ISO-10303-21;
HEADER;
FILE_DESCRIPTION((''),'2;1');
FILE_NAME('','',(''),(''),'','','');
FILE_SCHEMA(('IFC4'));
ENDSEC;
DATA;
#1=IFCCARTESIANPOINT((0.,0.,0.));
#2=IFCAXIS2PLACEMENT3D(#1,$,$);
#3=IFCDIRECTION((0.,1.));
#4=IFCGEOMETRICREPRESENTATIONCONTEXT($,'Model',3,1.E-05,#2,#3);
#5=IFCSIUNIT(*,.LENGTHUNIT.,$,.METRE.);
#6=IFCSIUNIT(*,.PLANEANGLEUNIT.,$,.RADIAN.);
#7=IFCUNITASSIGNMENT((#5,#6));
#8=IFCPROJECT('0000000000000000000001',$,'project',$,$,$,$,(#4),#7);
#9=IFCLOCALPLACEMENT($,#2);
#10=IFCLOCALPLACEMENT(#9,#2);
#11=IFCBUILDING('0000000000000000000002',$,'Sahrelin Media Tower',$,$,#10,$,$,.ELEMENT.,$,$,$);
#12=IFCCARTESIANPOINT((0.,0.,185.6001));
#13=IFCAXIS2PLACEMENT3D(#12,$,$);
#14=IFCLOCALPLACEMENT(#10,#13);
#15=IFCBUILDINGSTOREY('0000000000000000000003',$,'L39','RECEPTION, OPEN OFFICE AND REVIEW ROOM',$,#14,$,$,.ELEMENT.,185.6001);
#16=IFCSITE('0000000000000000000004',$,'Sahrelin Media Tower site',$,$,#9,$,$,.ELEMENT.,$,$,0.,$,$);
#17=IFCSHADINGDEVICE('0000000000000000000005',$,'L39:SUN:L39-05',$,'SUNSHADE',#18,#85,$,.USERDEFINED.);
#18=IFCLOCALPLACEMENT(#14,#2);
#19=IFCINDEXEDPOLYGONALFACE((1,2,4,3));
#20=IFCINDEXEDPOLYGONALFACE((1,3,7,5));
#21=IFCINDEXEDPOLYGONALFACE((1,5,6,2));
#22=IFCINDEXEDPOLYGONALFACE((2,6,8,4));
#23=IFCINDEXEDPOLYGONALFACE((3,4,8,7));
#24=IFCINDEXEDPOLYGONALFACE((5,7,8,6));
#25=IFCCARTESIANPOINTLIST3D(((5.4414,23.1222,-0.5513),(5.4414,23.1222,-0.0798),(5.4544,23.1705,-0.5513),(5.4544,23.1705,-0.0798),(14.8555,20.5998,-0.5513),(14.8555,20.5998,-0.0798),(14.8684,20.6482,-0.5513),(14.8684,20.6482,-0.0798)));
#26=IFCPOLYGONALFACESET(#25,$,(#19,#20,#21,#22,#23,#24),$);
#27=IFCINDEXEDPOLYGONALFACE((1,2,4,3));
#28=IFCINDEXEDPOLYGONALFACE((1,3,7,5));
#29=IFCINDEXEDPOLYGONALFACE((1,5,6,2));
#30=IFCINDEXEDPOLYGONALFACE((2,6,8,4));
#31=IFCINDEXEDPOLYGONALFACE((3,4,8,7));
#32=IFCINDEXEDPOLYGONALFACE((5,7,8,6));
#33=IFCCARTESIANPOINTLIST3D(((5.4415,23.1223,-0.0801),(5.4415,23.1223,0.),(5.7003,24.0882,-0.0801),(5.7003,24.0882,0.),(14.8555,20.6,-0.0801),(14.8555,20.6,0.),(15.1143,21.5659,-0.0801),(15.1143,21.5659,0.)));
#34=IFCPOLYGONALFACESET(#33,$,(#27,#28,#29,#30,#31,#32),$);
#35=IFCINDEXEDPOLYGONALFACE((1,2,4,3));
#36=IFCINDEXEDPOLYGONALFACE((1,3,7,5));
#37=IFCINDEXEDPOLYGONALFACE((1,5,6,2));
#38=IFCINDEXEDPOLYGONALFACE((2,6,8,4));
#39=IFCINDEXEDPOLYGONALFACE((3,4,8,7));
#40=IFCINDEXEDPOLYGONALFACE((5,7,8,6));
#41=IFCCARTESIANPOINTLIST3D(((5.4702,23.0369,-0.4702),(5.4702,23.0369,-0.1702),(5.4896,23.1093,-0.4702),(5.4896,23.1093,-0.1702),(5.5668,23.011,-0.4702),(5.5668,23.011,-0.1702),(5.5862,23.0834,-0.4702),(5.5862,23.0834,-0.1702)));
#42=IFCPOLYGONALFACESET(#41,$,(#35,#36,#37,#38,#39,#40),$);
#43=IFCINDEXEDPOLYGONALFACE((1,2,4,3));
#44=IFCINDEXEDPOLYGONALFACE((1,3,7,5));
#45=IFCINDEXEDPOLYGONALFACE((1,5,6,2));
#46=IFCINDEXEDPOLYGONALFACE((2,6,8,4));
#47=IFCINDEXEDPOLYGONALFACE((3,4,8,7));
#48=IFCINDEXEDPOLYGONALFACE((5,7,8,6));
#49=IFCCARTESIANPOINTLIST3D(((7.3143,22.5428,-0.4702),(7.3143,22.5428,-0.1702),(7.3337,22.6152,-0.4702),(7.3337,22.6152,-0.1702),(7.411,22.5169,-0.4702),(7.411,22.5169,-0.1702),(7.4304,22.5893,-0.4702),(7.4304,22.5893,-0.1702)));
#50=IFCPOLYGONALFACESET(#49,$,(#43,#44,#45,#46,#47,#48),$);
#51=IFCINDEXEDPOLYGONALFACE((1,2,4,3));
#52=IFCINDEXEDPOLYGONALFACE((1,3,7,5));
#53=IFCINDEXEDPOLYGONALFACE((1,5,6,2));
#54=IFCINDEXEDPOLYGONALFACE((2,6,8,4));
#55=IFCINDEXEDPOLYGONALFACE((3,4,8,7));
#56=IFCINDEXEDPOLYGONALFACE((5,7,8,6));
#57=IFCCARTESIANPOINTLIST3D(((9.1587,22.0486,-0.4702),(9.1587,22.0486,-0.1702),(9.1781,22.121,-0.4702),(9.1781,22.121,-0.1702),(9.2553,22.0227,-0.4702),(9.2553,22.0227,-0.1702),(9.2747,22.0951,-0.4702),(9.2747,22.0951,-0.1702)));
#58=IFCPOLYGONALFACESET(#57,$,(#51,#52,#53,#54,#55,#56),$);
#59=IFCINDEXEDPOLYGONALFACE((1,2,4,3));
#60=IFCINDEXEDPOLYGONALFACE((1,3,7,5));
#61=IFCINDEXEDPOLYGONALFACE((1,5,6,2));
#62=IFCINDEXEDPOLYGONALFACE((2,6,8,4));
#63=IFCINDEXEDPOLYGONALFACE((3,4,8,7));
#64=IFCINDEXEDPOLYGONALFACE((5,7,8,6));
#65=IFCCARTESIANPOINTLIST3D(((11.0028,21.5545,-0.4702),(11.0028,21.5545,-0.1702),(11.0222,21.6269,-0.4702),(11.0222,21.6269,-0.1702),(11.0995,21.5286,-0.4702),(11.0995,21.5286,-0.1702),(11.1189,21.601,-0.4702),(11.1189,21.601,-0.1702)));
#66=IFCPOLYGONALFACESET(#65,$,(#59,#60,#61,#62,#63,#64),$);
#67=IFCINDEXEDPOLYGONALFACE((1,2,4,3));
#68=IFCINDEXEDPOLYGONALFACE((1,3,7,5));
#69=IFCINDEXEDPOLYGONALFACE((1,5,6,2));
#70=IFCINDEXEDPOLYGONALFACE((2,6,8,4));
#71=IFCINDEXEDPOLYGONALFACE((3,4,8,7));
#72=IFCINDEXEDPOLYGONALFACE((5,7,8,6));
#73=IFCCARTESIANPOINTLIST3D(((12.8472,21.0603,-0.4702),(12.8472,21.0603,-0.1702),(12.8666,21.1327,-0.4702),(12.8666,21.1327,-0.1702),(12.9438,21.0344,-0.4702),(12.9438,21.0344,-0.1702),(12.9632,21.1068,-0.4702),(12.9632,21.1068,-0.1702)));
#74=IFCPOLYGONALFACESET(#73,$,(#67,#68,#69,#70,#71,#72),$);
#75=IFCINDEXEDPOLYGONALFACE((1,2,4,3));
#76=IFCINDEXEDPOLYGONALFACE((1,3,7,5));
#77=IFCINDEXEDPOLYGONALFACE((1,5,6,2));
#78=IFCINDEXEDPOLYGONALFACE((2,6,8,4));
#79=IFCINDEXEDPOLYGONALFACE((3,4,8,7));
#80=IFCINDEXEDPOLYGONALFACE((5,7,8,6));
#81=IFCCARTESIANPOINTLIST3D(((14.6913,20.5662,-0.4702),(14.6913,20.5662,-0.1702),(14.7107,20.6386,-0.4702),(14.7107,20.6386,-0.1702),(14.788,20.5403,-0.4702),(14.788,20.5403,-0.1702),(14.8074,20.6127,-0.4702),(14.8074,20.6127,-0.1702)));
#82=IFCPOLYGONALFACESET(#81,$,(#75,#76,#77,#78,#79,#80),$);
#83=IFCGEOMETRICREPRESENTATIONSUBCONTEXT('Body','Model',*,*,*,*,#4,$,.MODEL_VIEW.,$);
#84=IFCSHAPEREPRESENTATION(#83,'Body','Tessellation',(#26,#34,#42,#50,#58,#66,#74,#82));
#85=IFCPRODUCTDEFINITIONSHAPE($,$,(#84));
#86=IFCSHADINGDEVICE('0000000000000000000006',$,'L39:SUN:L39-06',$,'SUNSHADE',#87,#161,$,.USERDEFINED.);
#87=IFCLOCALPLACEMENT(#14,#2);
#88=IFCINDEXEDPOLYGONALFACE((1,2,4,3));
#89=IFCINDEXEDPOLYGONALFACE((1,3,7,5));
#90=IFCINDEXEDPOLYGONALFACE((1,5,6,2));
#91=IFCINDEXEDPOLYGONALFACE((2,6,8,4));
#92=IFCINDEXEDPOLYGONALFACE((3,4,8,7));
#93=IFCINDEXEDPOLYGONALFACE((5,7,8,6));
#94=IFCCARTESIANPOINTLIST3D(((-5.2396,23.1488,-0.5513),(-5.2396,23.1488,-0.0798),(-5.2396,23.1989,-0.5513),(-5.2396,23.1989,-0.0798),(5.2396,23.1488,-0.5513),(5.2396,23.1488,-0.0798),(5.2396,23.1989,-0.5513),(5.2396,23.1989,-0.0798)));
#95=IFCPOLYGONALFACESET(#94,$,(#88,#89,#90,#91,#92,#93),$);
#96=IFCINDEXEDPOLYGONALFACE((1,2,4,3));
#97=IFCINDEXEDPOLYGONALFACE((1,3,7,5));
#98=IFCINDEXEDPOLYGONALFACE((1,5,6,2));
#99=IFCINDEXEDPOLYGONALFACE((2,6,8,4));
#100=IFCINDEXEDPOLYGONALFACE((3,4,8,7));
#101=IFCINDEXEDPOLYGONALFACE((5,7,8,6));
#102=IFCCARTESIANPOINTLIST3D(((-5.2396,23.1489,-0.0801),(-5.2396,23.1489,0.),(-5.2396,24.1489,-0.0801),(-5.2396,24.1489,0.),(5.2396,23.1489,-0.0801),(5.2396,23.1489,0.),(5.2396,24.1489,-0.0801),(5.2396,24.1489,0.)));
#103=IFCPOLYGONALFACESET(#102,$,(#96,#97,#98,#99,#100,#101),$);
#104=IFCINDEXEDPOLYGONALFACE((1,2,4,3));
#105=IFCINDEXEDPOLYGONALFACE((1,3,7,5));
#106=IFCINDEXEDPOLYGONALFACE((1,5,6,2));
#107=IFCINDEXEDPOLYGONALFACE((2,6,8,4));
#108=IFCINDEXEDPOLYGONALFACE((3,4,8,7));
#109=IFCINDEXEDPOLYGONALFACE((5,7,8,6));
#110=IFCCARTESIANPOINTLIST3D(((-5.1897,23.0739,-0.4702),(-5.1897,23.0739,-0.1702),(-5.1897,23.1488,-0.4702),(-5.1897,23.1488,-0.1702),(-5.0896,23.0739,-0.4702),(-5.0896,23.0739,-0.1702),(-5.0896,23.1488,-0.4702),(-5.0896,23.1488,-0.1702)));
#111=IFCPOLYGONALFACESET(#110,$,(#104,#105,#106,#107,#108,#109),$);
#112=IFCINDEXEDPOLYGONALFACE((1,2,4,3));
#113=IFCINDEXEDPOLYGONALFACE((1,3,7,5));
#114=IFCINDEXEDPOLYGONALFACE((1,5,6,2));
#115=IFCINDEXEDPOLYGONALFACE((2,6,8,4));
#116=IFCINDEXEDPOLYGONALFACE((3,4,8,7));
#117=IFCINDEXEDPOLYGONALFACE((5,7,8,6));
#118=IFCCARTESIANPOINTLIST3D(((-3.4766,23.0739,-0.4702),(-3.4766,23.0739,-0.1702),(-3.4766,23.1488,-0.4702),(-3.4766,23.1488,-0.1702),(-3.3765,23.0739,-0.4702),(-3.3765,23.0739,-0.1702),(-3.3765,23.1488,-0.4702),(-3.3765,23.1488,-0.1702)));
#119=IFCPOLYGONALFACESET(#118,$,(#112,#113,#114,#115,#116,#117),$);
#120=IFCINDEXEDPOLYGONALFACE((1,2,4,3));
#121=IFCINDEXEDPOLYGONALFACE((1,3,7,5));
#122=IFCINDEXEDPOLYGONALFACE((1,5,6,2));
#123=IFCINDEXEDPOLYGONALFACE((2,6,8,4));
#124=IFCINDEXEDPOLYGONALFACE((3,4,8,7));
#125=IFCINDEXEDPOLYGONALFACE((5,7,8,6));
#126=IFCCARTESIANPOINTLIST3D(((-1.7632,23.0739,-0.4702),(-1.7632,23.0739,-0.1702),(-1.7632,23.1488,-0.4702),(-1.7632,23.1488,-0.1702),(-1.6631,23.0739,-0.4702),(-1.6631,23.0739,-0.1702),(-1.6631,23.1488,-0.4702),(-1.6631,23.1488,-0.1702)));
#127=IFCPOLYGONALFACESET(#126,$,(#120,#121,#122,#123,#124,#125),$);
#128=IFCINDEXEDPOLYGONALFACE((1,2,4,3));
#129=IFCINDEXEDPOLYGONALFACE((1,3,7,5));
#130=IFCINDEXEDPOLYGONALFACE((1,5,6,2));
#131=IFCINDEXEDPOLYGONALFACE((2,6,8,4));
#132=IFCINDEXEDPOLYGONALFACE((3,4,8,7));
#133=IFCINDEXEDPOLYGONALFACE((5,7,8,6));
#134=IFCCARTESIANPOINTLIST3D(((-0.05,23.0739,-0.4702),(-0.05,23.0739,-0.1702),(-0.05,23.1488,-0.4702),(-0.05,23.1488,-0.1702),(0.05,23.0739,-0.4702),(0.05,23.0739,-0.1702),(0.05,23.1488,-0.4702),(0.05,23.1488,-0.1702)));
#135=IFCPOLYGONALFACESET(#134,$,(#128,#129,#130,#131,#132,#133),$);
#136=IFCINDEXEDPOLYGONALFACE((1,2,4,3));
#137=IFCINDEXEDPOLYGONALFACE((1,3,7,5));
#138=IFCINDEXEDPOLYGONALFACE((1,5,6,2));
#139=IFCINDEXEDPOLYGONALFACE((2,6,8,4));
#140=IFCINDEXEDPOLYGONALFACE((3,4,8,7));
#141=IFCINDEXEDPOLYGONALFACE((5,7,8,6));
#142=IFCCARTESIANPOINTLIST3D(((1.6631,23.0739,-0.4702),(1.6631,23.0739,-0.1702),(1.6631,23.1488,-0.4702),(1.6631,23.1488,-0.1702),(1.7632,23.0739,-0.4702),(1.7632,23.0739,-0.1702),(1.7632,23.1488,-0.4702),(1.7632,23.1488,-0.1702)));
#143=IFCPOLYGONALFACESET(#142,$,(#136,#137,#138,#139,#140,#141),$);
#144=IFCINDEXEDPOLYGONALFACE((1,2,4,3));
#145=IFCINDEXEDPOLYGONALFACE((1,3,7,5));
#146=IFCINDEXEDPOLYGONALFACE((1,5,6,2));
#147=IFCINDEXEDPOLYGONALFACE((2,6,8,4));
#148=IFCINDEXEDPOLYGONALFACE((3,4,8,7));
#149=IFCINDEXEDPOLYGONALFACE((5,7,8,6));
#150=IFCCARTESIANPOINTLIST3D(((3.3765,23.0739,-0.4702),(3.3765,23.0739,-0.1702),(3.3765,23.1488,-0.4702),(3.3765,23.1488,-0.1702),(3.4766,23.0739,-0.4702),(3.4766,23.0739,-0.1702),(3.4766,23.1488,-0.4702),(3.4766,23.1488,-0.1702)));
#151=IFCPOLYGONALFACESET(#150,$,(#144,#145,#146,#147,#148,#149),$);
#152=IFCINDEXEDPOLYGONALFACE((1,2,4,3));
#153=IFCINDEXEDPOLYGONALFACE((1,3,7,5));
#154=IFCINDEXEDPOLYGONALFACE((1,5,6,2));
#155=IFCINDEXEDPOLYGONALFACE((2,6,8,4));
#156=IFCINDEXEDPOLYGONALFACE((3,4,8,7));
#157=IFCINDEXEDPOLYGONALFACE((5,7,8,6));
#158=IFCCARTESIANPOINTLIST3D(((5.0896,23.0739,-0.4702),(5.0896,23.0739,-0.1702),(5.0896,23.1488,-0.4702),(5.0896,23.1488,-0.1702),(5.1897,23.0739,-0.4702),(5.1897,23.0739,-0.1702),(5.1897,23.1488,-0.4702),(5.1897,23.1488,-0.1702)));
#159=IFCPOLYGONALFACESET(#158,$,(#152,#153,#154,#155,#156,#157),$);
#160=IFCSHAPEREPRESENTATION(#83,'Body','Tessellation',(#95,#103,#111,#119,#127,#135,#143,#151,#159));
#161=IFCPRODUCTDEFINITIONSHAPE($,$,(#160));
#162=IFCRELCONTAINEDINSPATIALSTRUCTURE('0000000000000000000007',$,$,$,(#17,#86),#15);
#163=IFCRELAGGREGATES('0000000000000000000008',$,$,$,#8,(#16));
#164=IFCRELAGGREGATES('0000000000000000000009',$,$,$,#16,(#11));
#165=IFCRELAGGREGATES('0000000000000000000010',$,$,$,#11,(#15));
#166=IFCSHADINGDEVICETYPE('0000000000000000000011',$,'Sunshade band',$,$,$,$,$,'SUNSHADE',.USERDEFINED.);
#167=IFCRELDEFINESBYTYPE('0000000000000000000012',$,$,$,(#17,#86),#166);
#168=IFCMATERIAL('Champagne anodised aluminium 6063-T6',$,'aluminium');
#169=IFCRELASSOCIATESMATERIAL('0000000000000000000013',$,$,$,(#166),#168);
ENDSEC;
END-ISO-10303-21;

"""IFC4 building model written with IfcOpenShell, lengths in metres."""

from ifc_helpers import new_model, si_unit, direction, frame, origin, origin_2d, place, context, subcontext, project, spatial, rectangle, extrude, material, type_object, element, save


model = new_model("IFC4")

# Units and contexts
model_context = context("Model", 3, precision=1e-05, world=origin(), true_north=direction((0.0, 1.0)))
body_context = subcontext(model_context, "Body", "Model", "MODEL_VIEW")
ifc_project = project(units=[si_unit("LENGTHUNIT", "METRE"), si_unit("PLANEANGLEUNIT", "RADIAN")], contexts=[model_context])

# Site, building, storey
site_placement = place(None, origin())
site = spatial("IfcSite", under=ifc_project, at=site_placement, Name="Sahrelin Media Tower site", CompositionType="ELEMENT", RefElevation=0.0)
building_placement = place(site_placement, origin())
building = spatial("IfcBuilding", under=site, at=building_placement, Name="Sahrelin Media Tower", CompositionType="ELEMENT")
storey_placement = place(building_placement, frame((0.0, 0.0, 185.6001)))
storey = spatial("IfcBuildingStorey", under=building, at=storey_placement, Name="L39", Description="RECEPTION, OPEN OFFICE AND REVIEW ROOM", CompositionType="ELEMENT", Elevation=185.6001)

# Shared definitions
ifc_material_1 = material(Name="Champagne anodised aluminium 6063-T6", Category="aluminium")
placement_1 = place(storey_placement, frame((0.0, 23.1289, 0.0), z_axis=(0.0, 0.0, 1.0), x_axis=(1.0, 0.0, 0.0)))

# Shading devices
placement_2 = place(storey_placement, frame((10.1433, 21.8418, 0.0), z_axis=(0.0, 0.0, 1.0), x_axis=(0.965929, -0.258808, 0.0)))
shading_device_type_1 = type_object("IfcShadingDeviceType", Name="Sunshade band", ElementType="SUNSHADE", PredefinedType="USERDEFINED", material=ifc_material_1)
element("IfcShadingDevice", 1, at=placement_2, inside=storey, type_object=shading_device_type_1, Name="L39:SUN:L39-05", ObjectType="SUNSHADE", PredefinedType="USERDEFINED", context=body_context, shape_type="SweptSolid", body=[
    extrude(rectangle(XDim=9.7461, YDim=0.05, at=origin_2d()), frame((0.0, 0.0449, -0.5513)), (0.0, 0.0, 1.0), 0.4714),
    extrude(rectangle(XDim=9.7461, YDim=1.0, at=origin_2d()), frame((0.0, 0.52, -0.0801)), (0.0, 0.0, 1.0), 0.0801),
    extrude(rectangle(XDim=0.1001, YDim=0.075, at=origin_2d()), frame((-4.7732, -0.0176, -0.4702)), (0.0, 0.0, 1.0), 0.3),
    extrude(rectangle(XDim=0.1001, YDim=0.075, at=origin_2d()), frame((-2.864, -0.0176, -0.4702)), (0.0, 0.0, 1.0), 0.3),
    extrude(rectangle(XDim=0.1001, YDim=0.075, at=origin_2d()), frame((-0.9546, -0.0176, -0.4702)), (0.0, 0.0, 1.0), 0.3),
    extrude(rectangle(XDim=0.1001, YDim=0.075, at=origin_2d()), frame((0.9546, -0.0176, -0.4702)), (0.0, 0.0, 1.0), 0.3),
    extrude(rectangle(XDim=0.1001, YDim=0.075, at=origin_2d()), frame((2.864, -0.0176, -0.4702)), (0.0, 0.0, 1.0), 0.3),
    extrude(rectangle(XDim=0.1001, YDim=0.075, at=origin_2d()), frame((4.7732, -0.0176, -0.4702)), (0.0, 0.0, 1.0), 0.3),
])
element("IfcShadingDevice", 2, at=placement_1, inside=storey, type_object=shading_device_type_1, Name="L39:SUN:L39-06", ObjectType="SUNSHADE", PredefinedType="USERDEFINED", context=body_context, shape_type="SweptSolid", body=[
    extrude(rectangle(XDim=10.4792, YDim=0.05, at=origin_2d()), frame((0.0, 0.0449, -0.5513)), (0.0, 0.0, 1.0), 0.4714),
    extrude(rectangle(XDim=10.4792, YDim=1.0, at=origin_2d()), frame((0.0, 0.52, -0.0801)), (0.0, 0.0, 1.0), 0.0801),
    extrude(rectangle(XDim=0.1001, YDim=0.075, at=origin_2d()), frame((-5.1396, -0.0176, -0.4702)), (0.0, 0.0, 1.0), 0.3),
    extrude(rectangle(XDim=0.1001, YDim=0.075, at=origin_2d()), frame((-3.4265, -0.0176, -0.4702)), (0.0, 0.0, 1.0), 0.3),
    extrude(rectangle(XDim=0.1001, YDim=0.075, at=origin_2d()), frame((-1.7131, -0.0176, -0.4702)), (0.0, 0.0, 1.0), 0.3),
    extrude(rectangle(XDim=0.1001, YDim=0.075, at=origin_2d()), frame((0.0, -0.0176, -0.4702)), (0.0, 0.0, 1.0), 0.3),
    extrude(rectangle(XDim=0.1001, YDim=0.075, at=origin_2d()), frame((1.7131, -0.0176, -0.4702)), (0.0, 0.0, 1.0), 0.3),
    extrude(rectangle(XDim=0.1001, YDim=0.075, at=origin_2d()), frame((3.4265, -0.0176, -0.4702)), (0.0, 0.0, 1.0), 0.3),
    extrude(rectangle(XDim=0.1001, YDim=0.075, at=origin_2d()), frame((5.1396, -0.0176, -0.4702)), (0.0, 0.0, 1.0), 0.3),
])

save(model, "model.ifc")
